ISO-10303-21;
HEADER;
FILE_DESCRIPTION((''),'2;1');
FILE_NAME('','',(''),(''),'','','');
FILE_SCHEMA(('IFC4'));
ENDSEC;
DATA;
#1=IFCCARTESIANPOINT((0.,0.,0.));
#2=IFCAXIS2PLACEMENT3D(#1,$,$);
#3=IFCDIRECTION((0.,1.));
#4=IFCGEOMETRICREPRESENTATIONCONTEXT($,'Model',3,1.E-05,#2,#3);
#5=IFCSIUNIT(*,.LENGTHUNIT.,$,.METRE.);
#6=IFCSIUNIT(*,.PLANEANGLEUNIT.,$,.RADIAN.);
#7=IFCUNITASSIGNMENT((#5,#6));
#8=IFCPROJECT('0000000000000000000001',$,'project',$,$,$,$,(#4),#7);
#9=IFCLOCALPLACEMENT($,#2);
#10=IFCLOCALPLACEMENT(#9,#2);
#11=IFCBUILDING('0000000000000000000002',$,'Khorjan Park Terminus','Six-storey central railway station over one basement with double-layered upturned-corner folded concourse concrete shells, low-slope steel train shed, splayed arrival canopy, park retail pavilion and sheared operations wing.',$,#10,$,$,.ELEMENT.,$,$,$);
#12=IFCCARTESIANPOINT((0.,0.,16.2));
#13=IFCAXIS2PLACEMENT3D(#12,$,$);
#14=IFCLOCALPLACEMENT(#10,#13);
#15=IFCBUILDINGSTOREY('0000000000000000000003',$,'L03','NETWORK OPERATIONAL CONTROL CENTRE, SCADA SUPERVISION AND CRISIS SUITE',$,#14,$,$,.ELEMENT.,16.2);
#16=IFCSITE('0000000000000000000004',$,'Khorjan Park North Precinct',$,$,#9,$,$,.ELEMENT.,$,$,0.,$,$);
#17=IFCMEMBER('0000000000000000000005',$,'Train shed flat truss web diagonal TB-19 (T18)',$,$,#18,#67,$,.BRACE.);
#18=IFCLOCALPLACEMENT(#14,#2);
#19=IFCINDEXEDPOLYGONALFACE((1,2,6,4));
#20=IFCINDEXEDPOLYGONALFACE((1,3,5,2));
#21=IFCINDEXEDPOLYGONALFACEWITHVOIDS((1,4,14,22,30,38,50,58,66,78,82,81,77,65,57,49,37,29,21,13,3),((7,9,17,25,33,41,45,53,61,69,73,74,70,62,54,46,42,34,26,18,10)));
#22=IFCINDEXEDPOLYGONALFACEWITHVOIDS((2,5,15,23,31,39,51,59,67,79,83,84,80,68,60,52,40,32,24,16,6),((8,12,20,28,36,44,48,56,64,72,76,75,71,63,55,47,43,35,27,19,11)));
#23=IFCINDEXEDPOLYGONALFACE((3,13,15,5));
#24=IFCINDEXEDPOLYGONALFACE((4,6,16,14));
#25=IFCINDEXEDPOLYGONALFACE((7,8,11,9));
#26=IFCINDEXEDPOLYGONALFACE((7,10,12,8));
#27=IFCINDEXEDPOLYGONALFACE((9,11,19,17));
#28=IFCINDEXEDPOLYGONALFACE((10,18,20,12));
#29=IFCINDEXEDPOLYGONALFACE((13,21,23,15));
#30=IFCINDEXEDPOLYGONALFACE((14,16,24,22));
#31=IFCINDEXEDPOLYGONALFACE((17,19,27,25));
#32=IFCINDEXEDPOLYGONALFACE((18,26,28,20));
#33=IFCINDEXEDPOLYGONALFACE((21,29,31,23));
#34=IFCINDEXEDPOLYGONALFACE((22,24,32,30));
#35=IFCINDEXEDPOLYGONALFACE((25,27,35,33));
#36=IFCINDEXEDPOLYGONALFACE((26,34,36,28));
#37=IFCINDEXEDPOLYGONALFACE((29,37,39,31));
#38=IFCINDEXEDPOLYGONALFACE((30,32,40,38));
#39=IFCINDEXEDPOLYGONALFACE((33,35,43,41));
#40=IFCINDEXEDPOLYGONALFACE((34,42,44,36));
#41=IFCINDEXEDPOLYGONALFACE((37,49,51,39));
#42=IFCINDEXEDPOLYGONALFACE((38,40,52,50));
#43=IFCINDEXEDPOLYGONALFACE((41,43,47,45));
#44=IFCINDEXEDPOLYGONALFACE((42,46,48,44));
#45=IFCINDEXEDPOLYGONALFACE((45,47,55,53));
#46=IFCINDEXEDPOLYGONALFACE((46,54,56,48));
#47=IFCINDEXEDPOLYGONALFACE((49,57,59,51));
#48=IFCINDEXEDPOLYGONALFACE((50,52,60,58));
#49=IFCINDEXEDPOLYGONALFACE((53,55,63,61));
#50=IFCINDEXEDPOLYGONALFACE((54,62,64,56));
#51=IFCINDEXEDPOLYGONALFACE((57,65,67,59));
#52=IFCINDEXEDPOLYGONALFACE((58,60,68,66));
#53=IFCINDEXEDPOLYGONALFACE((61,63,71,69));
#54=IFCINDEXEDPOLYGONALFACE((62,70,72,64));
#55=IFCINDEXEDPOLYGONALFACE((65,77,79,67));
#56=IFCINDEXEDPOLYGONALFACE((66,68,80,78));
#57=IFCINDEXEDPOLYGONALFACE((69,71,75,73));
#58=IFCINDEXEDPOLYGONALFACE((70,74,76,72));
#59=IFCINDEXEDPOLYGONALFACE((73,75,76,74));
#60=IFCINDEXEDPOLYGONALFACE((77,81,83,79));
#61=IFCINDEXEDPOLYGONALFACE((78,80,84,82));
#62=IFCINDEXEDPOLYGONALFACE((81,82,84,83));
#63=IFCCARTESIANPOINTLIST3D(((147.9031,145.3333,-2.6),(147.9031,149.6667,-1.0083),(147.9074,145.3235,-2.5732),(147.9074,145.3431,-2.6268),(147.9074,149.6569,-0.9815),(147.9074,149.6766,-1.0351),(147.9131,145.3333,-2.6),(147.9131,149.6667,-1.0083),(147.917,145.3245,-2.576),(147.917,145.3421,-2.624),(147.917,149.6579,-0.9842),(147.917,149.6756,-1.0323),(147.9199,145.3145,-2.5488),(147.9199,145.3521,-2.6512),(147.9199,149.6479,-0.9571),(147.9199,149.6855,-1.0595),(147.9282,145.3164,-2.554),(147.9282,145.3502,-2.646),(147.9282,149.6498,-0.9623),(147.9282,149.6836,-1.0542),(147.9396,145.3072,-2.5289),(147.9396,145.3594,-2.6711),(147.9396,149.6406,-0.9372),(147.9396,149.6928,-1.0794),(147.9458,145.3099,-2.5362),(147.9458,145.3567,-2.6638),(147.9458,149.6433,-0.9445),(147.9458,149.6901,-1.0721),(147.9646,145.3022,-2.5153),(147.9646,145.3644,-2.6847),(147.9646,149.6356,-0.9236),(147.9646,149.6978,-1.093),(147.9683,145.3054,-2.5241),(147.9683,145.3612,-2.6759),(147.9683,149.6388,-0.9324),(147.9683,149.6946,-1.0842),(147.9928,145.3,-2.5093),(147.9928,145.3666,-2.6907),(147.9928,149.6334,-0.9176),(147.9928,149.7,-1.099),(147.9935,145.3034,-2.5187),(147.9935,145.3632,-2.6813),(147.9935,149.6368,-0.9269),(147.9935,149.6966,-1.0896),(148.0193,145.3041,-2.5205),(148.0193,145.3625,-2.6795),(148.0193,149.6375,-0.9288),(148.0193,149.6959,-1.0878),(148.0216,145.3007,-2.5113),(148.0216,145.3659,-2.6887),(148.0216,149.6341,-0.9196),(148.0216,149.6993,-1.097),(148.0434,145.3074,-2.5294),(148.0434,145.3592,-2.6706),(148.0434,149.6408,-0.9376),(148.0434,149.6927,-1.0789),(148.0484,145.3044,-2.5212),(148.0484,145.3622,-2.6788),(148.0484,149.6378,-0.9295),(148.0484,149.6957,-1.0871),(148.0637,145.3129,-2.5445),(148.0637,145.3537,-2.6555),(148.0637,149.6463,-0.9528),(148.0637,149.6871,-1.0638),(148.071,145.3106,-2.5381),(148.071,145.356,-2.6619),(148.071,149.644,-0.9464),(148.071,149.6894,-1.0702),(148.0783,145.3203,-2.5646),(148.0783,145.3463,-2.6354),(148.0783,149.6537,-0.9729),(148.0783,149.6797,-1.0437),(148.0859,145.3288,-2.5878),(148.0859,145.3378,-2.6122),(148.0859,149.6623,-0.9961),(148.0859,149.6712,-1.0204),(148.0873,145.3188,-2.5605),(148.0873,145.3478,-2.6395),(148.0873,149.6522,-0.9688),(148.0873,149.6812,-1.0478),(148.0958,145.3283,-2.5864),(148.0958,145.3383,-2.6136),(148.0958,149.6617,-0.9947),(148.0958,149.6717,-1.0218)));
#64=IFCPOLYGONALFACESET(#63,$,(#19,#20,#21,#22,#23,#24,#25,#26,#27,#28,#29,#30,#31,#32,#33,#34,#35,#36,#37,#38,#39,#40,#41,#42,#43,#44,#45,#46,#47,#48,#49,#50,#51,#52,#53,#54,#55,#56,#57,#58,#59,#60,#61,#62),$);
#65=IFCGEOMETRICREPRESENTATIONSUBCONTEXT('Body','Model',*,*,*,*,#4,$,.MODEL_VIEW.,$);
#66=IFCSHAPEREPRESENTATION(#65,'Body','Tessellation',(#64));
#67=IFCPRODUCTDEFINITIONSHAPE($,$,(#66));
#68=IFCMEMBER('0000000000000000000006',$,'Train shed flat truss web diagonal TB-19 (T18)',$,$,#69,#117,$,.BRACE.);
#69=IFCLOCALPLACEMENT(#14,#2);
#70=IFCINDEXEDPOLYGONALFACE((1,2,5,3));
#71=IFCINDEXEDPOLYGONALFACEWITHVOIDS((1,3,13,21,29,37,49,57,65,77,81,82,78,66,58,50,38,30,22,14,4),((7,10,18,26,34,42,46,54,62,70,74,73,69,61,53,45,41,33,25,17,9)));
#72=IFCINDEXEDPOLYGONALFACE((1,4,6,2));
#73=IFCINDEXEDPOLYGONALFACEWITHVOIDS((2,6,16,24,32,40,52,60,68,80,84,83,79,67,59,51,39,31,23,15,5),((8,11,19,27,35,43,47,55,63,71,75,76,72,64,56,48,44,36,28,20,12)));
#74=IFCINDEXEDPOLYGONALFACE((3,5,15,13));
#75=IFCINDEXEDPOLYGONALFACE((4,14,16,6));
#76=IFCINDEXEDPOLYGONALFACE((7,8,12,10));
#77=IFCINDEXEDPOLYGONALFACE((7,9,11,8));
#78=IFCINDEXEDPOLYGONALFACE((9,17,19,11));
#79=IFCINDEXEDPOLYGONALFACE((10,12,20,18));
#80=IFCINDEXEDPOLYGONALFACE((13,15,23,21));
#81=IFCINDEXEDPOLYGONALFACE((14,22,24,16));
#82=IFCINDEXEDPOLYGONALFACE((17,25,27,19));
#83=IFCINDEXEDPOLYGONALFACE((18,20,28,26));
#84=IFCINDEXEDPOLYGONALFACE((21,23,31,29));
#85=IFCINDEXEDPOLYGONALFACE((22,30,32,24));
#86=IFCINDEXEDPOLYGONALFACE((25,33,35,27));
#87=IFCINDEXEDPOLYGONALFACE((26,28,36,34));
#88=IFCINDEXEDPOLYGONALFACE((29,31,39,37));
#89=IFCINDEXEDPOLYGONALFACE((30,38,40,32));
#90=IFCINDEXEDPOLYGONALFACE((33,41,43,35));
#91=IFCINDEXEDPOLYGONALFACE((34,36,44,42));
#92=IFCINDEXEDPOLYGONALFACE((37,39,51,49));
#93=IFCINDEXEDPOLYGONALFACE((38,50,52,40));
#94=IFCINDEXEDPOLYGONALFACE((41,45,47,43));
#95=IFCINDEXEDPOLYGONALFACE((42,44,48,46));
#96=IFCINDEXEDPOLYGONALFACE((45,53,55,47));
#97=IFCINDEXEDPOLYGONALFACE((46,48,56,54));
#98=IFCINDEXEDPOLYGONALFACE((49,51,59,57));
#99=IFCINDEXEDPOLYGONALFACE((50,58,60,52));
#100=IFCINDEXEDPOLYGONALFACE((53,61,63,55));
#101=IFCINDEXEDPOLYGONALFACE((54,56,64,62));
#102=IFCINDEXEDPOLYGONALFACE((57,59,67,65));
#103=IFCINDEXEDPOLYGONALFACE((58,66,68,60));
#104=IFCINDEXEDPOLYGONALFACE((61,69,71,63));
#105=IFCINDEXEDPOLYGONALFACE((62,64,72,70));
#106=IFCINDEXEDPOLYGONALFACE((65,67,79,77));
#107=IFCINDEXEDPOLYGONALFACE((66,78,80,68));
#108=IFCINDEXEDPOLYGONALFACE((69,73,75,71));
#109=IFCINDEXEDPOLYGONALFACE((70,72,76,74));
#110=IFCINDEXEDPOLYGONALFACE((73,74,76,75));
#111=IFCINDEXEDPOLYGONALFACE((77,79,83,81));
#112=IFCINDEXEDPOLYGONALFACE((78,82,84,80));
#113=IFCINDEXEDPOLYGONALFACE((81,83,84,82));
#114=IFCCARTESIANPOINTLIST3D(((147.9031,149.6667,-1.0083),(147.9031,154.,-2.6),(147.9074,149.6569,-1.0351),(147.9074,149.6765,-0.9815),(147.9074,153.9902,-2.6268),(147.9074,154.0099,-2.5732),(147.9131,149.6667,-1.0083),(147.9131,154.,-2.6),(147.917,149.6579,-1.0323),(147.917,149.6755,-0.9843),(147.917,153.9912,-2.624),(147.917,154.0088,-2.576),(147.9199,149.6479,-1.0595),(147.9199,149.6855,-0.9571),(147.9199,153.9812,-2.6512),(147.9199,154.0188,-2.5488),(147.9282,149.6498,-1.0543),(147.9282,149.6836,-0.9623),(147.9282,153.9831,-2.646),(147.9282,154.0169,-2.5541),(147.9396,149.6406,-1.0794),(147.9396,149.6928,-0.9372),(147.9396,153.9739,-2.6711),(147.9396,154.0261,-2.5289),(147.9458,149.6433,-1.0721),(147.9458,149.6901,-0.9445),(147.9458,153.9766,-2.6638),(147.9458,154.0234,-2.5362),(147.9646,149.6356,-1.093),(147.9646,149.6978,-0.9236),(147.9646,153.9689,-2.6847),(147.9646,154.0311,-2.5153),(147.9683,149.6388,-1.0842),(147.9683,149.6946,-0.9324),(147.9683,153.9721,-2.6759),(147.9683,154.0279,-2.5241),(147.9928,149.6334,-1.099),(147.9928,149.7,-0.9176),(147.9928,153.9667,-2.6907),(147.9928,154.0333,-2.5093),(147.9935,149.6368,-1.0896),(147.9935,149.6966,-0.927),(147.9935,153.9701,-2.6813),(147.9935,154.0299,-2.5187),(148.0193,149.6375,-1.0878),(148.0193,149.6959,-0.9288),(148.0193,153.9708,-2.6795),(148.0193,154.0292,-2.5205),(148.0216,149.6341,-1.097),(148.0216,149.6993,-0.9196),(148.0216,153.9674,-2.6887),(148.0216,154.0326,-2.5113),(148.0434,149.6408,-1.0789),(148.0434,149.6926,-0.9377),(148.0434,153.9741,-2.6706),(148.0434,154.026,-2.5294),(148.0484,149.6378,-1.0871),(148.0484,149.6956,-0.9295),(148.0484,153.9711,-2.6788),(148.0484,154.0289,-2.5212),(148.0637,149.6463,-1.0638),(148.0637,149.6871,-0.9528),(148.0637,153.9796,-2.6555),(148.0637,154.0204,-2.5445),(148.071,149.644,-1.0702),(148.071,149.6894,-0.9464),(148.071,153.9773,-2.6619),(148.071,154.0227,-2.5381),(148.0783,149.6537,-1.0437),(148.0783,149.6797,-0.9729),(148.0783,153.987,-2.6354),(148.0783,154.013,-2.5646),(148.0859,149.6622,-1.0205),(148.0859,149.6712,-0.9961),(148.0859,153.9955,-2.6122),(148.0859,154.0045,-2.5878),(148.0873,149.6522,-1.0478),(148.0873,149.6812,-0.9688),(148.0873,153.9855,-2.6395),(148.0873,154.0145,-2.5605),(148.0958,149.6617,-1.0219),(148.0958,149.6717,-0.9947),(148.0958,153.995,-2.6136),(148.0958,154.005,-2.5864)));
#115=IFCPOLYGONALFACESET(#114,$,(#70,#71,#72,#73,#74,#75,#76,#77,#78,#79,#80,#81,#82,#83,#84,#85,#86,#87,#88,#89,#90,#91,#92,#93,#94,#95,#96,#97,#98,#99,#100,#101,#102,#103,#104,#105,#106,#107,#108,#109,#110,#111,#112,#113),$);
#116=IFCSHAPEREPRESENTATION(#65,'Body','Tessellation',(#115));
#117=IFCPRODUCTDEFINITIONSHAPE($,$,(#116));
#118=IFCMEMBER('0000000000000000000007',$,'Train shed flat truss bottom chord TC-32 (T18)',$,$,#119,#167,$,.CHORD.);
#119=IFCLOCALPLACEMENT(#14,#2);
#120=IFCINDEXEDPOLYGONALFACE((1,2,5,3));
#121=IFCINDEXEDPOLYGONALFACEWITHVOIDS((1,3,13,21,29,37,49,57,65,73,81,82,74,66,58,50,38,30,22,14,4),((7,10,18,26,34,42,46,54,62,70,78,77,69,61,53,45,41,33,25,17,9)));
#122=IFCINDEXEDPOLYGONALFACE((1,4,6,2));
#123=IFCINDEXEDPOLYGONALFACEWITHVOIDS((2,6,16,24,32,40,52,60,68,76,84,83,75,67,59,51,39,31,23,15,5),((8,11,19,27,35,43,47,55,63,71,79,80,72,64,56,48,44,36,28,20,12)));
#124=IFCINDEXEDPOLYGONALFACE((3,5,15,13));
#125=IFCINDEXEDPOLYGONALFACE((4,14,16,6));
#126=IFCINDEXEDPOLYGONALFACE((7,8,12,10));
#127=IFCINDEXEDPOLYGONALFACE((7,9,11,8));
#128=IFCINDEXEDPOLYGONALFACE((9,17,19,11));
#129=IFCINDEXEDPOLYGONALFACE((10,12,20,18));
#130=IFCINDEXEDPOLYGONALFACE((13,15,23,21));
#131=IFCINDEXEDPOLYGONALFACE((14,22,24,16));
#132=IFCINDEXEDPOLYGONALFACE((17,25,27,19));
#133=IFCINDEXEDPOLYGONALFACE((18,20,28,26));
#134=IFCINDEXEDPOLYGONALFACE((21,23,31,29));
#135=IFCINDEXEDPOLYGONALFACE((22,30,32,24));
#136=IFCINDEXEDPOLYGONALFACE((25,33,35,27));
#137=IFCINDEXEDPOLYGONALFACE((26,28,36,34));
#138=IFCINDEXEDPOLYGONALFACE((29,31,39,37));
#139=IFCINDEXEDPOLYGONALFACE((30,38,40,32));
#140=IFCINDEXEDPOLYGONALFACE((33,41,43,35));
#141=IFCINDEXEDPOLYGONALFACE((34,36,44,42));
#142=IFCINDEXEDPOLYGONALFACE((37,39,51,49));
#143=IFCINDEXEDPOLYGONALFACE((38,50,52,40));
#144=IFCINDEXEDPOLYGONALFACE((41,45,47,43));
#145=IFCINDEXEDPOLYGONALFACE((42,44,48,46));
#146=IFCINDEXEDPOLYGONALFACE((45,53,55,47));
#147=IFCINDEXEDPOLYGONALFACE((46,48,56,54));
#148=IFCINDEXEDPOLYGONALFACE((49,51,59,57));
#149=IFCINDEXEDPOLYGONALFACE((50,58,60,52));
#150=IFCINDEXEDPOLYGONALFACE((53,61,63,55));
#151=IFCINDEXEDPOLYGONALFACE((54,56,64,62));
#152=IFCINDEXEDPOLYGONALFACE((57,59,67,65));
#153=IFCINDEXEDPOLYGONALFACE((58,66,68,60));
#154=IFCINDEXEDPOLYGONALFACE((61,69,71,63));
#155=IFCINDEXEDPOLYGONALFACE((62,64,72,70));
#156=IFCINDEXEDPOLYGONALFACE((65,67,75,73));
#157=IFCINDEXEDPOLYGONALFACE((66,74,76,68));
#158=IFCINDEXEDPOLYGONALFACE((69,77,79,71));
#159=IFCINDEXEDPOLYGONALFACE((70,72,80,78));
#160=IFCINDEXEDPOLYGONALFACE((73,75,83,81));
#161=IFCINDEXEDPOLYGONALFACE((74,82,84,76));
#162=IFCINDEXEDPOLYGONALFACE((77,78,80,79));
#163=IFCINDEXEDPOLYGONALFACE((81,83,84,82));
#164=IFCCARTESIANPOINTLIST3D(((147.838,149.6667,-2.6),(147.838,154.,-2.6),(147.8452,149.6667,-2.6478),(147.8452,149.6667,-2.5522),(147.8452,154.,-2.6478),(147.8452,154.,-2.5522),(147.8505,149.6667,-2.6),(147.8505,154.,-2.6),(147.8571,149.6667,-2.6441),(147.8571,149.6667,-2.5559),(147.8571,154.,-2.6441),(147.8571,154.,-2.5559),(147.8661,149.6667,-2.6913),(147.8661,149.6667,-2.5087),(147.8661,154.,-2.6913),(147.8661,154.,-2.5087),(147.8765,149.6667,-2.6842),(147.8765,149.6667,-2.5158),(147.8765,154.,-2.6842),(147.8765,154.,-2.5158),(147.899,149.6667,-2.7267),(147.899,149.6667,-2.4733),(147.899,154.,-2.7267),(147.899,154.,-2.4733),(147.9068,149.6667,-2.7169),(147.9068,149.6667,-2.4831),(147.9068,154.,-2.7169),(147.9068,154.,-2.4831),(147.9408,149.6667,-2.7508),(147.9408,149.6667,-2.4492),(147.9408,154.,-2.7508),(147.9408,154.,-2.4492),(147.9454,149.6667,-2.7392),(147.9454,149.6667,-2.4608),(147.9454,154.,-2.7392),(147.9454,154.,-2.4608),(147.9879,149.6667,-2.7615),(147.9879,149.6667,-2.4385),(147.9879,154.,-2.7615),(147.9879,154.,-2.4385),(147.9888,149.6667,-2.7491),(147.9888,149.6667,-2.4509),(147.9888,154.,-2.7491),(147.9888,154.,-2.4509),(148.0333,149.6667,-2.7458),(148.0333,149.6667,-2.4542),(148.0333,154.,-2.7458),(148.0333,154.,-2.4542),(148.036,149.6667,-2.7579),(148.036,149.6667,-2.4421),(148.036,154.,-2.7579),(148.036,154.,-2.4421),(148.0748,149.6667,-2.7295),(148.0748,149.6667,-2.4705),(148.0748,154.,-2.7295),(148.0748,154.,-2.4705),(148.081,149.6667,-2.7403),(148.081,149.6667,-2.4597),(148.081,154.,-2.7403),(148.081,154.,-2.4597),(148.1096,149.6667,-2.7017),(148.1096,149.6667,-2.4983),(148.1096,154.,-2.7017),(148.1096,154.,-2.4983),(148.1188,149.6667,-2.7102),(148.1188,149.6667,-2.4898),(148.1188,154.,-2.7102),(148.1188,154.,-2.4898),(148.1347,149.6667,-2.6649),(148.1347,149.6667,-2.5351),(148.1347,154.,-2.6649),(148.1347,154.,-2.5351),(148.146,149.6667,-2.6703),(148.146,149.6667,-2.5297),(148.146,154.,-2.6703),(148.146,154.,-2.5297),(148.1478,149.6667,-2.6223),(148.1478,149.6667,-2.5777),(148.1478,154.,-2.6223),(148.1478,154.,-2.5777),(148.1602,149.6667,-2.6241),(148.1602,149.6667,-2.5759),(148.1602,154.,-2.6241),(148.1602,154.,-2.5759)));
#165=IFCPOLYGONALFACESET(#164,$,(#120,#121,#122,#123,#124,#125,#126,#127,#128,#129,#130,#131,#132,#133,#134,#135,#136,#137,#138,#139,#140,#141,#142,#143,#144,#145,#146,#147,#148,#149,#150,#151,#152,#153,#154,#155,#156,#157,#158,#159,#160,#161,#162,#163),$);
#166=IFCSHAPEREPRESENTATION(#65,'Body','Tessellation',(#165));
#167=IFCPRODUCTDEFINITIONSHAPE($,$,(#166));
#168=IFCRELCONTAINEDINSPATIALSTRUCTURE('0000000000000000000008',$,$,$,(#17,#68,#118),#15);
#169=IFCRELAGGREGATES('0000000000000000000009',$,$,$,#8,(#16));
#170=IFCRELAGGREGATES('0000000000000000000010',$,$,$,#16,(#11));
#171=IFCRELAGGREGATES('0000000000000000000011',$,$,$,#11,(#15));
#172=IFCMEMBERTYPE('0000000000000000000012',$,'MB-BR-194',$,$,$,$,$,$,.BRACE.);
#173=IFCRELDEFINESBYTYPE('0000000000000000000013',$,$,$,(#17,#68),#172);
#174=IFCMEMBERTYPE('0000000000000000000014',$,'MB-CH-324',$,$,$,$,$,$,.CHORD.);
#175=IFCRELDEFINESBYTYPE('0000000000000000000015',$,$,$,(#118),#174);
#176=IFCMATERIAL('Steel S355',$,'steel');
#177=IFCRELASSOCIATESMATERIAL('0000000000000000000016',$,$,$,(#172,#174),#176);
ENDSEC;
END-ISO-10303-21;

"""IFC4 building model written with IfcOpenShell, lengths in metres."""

from ifc_helpers import new_model, si_unit, direction, frame, origin, origin_2d, place, context, subcontext, project, spatial, hollow_circle, extrude, material, material_profile, profile_set, type_object, element, save


model = new_model("IFC4")

# Units and contexts
model_context = context("Model", 3, precision=1e-05, world=origin(), true_north=direction((0.0, 1.0)))
body_context = subcontext(model_context, "Body", "Model", "MODEL_VIEW")
ifc_project = project(units=[si_unit("LENGTHUNIT", "METRE"), si_unit("PLANEANGLEUNIT", "RADIAN")], contexts=[model_context])

# Site, building, storey
site_placement = place(None, origin())
site = spatial("IfcSite", under=ifc_project, at=site_placement, Name="Khorjan Park North Precinct", CompositionType="ELEMENT", RefElevation=0.0)
building_placement = place(site_placement, origin())
building = spatial("IfcBuilding", under=site, at=building_placement, Name="Khorjan Park Terminus", Description="Six-storey central railway station over one basement with double-layered upturned-corner folded concourse concrete shells, low-slope steel train shed, splayed arrival canopy, park retail pavilion and sheared operations wing.", CompositionType="ELEMENT")
storey_placement = place(building_placement, frame((0.0, 0.0, 16.2)))
storey = spatial("IfcBuildingStorey", under=building, at=storey_placement, Name="L03", Description="NETWORK OPERATIONAL CONTROL CENTRE, SCADA SUPERVISION AND CRISIS SUITE", CompositionType="ELEMENT", Elevation=16.2)

# Members
ifc_material = material(Name="Steel S355", Category="steel")
ifc_material_profile_1 = material_profile(ifc_material, hollow_circle(Radius=0.0969, WallThickness=0.01, at=origin_2d()), Name="CHS 193.7x10")
ifc_profile_set_1 = profile_set([ifc_material_profile_1], Name="Steel S355")
member_type_1 = type_object("IfcMemberType", Name="MB-BR-194", PredefinedType="BRACE", material=ifc_profile_set_1)
member_1_placement = place(storey_placement, frame((148.0, 145.3333, -2.6), z_axis=(0.0, 0.938681, 0.344787), x_axis=(-1.0, 0.0, 0.0)))
element("IfcMember", 1, at=member_1_placement, inside=storey, type_object=member_type_1, Name="Train shed flat truss web diagonal TB-19 (T18)", PredefinedType="BRACE", context=body_context, shape_type="SweptSolid", body=[
    extrude(hollow_circle(Radius=0.0969, WallThickness=0.01, at=origin_2d()), origin(), (0.0, 0.0, 1.0), 4.6165),
])
member_2_placement = place(storey_placement, frame((148.0, 149.6667, -1.0083), z_axis=(0.0, 0.938678, -0.344794), x_axis=(-1.0, 0.0, 0.0)))
element("IfcMember", 2, at=member_2_placement, inside=storey, type_object=member_type_1, Name="Train shed flat truss web diagonal TB-19 (T18)", PredefinedType="BRACE", context=body_context, shape_type="SweptSolid", body=[
    extrude(hollow_circle(Radius=0.0969, WallThickness=0.01, at=origin_2d()), origin(), (0.0, 0.0, 1.0), 4.6164),
])
ifc_material_profile_2 = material_profile(ifc_material, hollow_circle(Radius=0.162, WallThickness=0.0125, at=origin_2d()), Name="CHS 323.9x12.5")
ifc_profile_set_2 = profile_set([ifc_material_profile_2], Name="Steel S355")
member_type_2 = type_object("IfcMemberType", Name="MB-CH-324", PredefinedType="CHORD", material=ifc_profile_set_2)
member_3_placement = place(storey_placement, frame((148.0, 149.6667, -2.6), z_axis=(0.0, 1.0, 0.0), x_axis=(-1.0, 0.0, 0.0)))
element("IfcMember", 3, at=member_3_placement, inside=storey, type_object=member_type_2, Name="Train shed flat truss bottom chord TC-32 (T18)", PredefinedType="CHORD", context=body_context, shape_type="SweptSolid", body=[
    extrude(hollow_circle(Radius=0.162, WallThickness=0.0125, at=origin_2d()), origin(), (0.0, 0.0, 1.0), 4.3333),
])

save(model, "model.ifc")
